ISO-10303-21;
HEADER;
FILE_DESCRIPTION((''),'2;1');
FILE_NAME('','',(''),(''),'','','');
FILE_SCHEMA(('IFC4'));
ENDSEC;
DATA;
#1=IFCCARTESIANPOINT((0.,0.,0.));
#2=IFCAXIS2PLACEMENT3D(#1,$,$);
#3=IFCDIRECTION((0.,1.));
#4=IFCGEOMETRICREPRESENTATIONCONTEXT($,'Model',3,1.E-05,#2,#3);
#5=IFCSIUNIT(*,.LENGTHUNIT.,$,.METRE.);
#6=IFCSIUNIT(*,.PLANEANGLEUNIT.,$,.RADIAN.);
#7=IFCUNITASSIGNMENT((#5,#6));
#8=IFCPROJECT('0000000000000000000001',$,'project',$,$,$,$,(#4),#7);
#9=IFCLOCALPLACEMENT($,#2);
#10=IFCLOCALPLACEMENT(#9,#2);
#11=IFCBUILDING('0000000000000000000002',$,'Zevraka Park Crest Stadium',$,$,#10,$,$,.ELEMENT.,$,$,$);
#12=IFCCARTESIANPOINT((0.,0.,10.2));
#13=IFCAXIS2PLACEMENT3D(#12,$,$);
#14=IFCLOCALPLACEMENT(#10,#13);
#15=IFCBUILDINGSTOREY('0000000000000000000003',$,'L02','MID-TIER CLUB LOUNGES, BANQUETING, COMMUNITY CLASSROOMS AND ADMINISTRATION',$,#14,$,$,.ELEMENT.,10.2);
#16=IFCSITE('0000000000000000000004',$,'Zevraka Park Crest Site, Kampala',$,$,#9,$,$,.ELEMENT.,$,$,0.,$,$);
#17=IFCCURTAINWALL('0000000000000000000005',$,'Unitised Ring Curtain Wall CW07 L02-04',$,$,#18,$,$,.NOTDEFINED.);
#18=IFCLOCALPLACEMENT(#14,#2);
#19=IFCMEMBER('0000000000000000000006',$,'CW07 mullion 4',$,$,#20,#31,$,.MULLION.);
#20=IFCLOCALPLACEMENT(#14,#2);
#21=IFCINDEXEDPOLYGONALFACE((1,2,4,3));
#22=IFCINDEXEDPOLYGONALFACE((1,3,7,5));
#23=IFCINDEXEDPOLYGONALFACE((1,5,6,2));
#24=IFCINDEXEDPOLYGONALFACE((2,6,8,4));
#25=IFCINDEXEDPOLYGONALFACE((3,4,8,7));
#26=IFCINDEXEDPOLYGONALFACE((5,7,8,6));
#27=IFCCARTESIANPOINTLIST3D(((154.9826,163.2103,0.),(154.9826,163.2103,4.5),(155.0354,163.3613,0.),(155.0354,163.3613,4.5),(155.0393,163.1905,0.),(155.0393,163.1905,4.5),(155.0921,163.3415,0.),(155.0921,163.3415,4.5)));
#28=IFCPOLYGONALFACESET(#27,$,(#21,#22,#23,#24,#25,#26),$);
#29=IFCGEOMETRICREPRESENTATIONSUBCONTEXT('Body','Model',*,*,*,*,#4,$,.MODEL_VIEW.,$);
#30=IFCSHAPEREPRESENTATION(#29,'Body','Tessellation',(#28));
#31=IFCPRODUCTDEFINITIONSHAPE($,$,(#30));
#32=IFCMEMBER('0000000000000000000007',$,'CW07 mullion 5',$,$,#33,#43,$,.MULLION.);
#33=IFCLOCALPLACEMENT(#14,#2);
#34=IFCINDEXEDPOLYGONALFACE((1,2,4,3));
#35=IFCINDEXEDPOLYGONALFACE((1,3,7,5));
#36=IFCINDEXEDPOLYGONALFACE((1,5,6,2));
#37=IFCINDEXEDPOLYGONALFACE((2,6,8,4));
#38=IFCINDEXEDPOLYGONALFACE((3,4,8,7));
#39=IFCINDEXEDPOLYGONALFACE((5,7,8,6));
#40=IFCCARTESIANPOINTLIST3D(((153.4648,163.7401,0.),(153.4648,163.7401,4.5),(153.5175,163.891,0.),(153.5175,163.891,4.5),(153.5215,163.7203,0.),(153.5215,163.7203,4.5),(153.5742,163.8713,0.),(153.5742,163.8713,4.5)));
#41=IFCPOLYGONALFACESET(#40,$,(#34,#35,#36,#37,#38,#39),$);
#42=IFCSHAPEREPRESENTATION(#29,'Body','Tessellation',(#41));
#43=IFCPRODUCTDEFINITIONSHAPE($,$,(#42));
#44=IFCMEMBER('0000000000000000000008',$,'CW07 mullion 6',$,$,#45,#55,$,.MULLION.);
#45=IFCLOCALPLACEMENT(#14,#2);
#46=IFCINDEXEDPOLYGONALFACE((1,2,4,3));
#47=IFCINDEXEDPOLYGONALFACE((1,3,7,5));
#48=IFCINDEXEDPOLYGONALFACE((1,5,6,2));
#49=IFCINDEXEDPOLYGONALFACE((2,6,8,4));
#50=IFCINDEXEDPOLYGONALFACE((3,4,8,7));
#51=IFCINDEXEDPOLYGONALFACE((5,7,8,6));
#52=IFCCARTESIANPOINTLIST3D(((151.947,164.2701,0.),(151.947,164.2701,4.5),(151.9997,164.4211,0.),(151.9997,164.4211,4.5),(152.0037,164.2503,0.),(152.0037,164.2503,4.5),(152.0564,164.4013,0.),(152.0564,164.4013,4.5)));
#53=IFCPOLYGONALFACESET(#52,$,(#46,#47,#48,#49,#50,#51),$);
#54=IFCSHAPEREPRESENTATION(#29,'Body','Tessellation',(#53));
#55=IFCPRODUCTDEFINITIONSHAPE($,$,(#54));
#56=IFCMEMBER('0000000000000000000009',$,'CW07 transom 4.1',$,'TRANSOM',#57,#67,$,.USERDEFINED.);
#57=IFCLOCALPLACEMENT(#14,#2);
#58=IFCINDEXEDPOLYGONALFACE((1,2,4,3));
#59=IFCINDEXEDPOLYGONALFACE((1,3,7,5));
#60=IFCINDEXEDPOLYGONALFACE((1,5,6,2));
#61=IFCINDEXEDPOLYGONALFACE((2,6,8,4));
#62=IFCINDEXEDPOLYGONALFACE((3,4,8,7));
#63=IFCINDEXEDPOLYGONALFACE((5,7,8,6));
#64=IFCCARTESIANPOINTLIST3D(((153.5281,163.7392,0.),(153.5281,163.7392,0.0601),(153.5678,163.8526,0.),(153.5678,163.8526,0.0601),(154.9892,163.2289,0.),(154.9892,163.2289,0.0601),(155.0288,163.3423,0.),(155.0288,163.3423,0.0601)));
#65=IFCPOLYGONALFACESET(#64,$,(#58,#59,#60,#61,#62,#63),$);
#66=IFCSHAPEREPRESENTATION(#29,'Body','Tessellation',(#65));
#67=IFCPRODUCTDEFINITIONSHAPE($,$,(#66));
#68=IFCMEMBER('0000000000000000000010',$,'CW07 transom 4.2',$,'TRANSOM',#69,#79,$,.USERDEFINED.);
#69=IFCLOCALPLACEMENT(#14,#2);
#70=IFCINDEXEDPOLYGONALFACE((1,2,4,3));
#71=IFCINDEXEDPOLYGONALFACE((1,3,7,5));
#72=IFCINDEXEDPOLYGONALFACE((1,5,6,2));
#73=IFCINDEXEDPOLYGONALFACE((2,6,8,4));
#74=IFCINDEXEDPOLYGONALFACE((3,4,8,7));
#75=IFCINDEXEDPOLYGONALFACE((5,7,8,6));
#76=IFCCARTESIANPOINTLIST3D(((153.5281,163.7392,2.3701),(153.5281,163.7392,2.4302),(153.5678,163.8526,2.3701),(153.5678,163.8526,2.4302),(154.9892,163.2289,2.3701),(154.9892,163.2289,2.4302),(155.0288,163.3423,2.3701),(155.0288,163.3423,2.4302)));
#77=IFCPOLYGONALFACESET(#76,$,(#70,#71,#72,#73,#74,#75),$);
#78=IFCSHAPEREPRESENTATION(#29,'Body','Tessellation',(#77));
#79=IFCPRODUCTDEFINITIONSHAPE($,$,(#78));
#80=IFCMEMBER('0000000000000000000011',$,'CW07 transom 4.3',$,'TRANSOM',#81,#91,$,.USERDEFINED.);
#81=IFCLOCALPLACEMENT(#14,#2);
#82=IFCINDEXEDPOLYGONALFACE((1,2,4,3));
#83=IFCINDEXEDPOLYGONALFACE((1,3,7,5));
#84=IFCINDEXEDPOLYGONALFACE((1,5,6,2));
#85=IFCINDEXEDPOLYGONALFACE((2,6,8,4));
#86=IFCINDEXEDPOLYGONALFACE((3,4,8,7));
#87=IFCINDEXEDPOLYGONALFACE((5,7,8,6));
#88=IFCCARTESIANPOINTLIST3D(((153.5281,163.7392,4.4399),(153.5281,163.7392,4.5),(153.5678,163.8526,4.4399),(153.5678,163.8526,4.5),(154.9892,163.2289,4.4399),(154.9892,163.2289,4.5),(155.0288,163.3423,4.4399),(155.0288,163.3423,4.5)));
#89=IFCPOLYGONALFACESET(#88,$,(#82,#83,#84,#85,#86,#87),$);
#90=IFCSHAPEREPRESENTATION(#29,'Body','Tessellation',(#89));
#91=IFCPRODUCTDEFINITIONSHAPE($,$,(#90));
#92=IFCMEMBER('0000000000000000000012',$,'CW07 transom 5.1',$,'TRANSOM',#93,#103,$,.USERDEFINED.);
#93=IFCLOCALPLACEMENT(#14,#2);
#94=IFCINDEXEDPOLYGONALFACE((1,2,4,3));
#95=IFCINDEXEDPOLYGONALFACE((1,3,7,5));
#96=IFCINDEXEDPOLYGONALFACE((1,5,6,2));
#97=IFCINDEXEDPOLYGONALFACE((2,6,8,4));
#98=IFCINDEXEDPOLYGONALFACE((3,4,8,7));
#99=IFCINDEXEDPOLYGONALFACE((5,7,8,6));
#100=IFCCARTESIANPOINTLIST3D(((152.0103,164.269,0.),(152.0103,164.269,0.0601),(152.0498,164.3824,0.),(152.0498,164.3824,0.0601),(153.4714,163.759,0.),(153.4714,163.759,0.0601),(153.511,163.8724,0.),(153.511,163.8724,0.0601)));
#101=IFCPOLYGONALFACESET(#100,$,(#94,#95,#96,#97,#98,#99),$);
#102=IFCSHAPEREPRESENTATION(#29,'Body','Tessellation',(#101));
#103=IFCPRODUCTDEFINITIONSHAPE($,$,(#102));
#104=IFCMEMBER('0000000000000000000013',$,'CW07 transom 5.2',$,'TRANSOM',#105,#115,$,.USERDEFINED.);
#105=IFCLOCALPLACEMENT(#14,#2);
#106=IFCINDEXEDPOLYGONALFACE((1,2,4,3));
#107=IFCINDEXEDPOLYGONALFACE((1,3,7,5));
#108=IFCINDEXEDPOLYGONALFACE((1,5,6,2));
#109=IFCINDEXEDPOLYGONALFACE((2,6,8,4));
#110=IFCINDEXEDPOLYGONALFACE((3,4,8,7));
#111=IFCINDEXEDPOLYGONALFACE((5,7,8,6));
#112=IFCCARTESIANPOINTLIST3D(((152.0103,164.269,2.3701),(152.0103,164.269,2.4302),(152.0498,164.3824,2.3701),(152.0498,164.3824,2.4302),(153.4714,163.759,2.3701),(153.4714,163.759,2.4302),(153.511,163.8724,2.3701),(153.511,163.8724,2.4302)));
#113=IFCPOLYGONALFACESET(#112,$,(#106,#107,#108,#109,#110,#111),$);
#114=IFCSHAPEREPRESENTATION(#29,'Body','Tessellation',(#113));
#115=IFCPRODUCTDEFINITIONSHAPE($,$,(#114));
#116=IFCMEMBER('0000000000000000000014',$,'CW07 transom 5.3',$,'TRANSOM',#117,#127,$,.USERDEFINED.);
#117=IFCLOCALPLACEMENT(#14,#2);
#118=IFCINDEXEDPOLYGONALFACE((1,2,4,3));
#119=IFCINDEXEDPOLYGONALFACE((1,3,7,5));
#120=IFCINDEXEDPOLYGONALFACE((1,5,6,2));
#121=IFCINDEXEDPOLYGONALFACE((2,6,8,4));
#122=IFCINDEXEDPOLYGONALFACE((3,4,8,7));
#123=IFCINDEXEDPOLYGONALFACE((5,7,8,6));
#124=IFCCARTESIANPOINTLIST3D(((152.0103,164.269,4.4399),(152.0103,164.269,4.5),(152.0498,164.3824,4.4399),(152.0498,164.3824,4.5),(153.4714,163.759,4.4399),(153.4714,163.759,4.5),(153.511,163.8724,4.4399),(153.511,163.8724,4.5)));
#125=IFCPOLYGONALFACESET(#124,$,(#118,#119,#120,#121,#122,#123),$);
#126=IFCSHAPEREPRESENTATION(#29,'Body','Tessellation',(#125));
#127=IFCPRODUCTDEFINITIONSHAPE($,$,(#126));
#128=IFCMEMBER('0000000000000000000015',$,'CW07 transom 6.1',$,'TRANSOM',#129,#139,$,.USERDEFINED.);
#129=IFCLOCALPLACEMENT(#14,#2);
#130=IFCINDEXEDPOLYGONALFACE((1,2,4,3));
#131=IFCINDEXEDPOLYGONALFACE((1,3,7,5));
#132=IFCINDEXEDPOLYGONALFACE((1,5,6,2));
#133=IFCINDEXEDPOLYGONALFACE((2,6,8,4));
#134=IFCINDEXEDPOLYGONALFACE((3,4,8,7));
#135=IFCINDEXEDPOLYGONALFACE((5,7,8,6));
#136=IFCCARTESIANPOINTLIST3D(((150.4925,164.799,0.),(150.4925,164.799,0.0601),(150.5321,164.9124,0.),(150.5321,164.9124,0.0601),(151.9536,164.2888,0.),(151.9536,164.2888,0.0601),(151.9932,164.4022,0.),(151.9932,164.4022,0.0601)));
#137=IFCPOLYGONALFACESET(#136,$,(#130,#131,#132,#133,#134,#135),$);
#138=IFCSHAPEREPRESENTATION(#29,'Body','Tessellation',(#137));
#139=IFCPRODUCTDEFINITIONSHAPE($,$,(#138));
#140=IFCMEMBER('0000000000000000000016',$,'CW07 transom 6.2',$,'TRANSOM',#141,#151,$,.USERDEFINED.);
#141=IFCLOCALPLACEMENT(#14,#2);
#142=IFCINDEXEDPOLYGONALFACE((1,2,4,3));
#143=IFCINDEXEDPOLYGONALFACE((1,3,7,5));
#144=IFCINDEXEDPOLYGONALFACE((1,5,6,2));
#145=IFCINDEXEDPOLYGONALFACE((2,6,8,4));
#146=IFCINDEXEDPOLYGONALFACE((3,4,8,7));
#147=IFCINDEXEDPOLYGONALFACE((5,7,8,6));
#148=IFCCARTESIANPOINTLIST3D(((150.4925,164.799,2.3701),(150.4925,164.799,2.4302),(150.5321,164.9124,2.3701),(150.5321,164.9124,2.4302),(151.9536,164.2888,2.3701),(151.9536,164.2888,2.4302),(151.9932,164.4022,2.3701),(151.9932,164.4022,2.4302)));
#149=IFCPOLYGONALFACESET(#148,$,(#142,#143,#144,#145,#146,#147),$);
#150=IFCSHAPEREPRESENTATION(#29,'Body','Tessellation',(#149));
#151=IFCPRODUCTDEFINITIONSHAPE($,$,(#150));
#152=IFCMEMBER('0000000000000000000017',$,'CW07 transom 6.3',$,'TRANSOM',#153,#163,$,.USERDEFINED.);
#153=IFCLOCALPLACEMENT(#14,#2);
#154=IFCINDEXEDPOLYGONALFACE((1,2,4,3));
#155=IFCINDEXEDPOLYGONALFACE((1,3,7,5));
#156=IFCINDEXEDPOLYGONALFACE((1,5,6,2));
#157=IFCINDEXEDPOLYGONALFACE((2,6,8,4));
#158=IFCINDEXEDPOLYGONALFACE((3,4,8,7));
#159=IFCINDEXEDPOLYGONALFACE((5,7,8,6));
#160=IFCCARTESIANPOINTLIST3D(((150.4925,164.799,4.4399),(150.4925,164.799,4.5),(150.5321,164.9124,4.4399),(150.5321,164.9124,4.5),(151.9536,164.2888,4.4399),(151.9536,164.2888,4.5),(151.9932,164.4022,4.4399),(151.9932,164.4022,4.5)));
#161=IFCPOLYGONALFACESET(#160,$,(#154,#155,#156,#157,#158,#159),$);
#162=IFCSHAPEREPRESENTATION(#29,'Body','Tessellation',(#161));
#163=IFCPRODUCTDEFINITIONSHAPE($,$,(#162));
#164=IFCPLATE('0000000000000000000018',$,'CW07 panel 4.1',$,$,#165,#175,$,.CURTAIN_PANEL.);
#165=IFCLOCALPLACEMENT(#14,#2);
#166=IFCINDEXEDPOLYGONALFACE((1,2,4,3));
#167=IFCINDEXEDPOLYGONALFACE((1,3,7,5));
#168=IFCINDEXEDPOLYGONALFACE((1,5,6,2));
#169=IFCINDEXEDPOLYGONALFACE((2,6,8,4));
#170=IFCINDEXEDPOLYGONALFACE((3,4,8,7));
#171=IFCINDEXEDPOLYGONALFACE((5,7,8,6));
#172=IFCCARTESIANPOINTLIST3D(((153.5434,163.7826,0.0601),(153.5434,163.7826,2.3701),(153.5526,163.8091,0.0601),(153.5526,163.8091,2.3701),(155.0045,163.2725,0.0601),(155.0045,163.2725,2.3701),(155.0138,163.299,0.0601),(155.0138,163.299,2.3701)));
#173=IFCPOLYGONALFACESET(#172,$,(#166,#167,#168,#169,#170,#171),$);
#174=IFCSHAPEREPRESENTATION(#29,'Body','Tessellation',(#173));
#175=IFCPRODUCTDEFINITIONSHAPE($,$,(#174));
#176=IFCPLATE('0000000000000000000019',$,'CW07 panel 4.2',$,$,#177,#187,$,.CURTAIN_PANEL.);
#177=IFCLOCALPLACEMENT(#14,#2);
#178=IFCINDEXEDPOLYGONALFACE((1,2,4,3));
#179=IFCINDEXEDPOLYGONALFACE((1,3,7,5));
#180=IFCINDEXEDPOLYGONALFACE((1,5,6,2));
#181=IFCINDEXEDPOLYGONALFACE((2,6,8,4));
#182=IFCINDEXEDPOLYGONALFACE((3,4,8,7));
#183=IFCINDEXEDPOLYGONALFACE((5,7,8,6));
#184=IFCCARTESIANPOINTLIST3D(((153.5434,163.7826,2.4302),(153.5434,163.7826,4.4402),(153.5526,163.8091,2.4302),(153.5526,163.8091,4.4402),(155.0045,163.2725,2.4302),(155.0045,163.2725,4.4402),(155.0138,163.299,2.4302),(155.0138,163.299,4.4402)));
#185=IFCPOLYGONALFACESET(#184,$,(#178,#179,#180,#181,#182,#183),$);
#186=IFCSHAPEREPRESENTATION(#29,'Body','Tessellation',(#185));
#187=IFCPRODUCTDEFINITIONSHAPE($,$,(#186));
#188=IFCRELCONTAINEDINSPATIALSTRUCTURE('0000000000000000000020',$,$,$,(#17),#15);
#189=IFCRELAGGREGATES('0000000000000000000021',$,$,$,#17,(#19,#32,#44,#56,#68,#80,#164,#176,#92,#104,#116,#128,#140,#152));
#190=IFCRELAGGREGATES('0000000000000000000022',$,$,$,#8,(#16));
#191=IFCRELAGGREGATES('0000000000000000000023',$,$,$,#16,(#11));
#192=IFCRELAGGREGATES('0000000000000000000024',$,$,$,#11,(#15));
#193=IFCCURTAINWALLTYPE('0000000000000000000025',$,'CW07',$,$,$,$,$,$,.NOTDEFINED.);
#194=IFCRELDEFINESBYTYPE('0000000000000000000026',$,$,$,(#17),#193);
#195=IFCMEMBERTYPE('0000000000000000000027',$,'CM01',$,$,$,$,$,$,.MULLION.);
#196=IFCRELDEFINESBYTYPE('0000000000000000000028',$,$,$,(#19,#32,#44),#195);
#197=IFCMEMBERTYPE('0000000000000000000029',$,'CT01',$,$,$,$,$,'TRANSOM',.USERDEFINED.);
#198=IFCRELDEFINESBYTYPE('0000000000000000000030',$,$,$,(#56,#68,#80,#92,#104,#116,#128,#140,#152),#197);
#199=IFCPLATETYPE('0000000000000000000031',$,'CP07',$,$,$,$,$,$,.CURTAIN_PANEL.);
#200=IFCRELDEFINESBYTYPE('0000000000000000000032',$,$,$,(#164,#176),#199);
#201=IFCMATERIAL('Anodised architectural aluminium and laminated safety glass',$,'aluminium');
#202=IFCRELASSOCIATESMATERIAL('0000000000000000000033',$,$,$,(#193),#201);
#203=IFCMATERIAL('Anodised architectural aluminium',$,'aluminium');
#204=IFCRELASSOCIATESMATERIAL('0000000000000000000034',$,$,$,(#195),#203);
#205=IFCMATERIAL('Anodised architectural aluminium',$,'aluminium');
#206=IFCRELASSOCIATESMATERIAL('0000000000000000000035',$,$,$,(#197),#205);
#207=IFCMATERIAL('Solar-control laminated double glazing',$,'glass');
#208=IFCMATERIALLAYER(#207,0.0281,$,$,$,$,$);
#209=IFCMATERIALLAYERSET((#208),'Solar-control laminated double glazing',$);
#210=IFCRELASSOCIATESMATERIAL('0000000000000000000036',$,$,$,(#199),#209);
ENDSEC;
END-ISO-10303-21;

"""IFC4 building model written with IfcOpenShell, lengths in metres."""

from ifc_helpers import new_model, si_unit, direction, frame, origin, origin_2d, place, context, subcontext, project, spatial, rectangle, extrude, material, layer, layer_set, material_profile, profile_set, type_object, element, aggregate, save


model = new_model("IFC4")

# Units and contexts
model_context = context("Model", 3, precision=1e-05, world=origin(), true_north=direction((0.0, 1.0)))
body_context = subcontext(model_context, "Body", "Model", "MODEL_VIEW")
ifc_project = project(units=[si_unit("LENGTHUNIT", "METRE"), si_unit("PLANEANGLEUNIT", "RADIAN")], contexts=[model_context])

# Site, building, storey
site_placement = place(None, origin())
site = spatial("IfcSite", under=ifc_project, at=site_placement, Name="Zevraka Park Crest Site, Kampala", CompositionType="ELEMENT", RefElevation=0.0)
building_placement = place(site_placement, origin())
building = spatial("IfcBuilding", under=site, at=building_placement, Name="Zevraka Park Crest Stadium", CompositionType="ELEMENT")
storey_placement = place(building_placement, frame((0.0, 0.0, 10.2)))
storey = spatial("IfcBuildingStorey", under=building, at=storey_placement, Name="L02", Description="MID-TIER CLUB LOUNGES, BANQUETING, COMMUNITY CLASSROOMS AND ADMINISTRATION", CompositionType="ELEMENT", Elevation=10.2)

# Curtain wall, members, plates
ifc_material_1 = material(Name="Anodised architectural aluminium and laminated safety glass", Category="aluminium")
curtain_wall_type = type_object("IfcCurtainWallType", Name="CW07", PredefinedType="NOTDEFINED", material=ifc_material_1)
curtain_wall_placement = place(storey_placement, origin())
curtain_wall = element("IfcCurtainWall", 1, at=curtain_wall_placement, inside=storey, type_object=curtain_wall_type, Name="Unitised Ring Curtain Wall CW07 L02-04", PredefinedType="NOTDEFINED")
ifc_material_2 = material(Name="Anodised architectural aluminium", Category="aluminium")
ifc_material_profile_1 = material_profile(ifc_material_2, rectangle(XDim=0.1599, YDim=0.0601, at=origin_2d()), Name="ALU MULLION 160x60")
ifc_profile_set_1 = profile_set([ifc_material_profile_1], Name="Anodised architectural aluminium")
member_type_1 = type_object("IfcMemberType", Name="CM01", PredefinedType="MULLION", material=ifc_profile_set_1)
member_1_placement = place(storey_placement, frame((155.0374, 163.2759, 0.0), z_axis=(0.0, 0.0, 1.0), x_axis=(-0.329619, -0.944114, 0.0)))
member_1 = element("IfcMember", 2, at=member_1_placement, type_object=member_type_1, Name="CW07 mullion 4", PredefinedType="MULLION", context=body_context, shape_type="SweptSolid", body=[
    extrude(rectangle(XDim=0.1599, YDim=0.0601, at=origin_2d()), origin(), (0.0, 0.0, 1.0), 4.5),
])
member_2_placement = place(storey_placement, frame((153.5195, 163.8057, 0.0), z_axis=(0.0, 0.0, 1.0), x_axis=(-0.329619, -0.944114, 0.0)))
member_2 = element("IfcMember", 3, at=member_2_placement, type_object=member_type_1, Name="CW07 mullion 5", PredefinedType="MULLION", context=body_context, shape_type="SweptSolid", body=[
    extrude(rectangle(XDim=0.1599, YDim=0.0601, at=origin_2d()), origin(), (0.0, 0.0, 1.0), 4.5),
])
member_3_placement = place(storey_placement, frame((152.0017, 164.3357, 0.0), z_axis=(0.0, 0.0, 1.0), x_axis=(-0.329619, -0.944114, 0.0)))
member_3 = element("IfcMember", 4, at=member_3_placement, type_object=member_type_1, Name="CW07 mullion 6", PredefinedType="MULLION", context=body_context, shape_type="SweptSolid", body=[
    extrude(rectangle(XDim=0.1599, YDim=0.0601, at=origin_2d()), origin(), (0.0, 0.0, 1.0), 4.5),
])
ifc_material_3 = material(Name="Anodised architectural aluminium", Category="aluminium")
ifc_material_profile_2 = material_profile(ifc_material_3, rectangle(XDim=0.1201, YDim=0.0601, at=origin_2d()), Name="ALU TRANSOM 120x60")
ifc_profile_set_2 = profile_set([ifc_material_profile_2], Name="Anodised architectural aluminium")
member_type_2 = type_object("IfcMemberType", Name="CT01", ElementType="TRANSOM", PredefinedType="USERDEFINED", material=ifc_profile_set_2)
member_4_placement = place(storey_placement, frame((155.009, 163.2856, 0.03), z_axis=(-0.944092, 0.329683, 0.0), x_axis=(-0.329683, -0.944092, 0.0)))
member_4 = element("IfcMember", 5, at=member_4_placement, type_object=member_type_2, Name="CW07 transom 4.1", ObjectType="TRANSOM", PredefinedType="USERDEFINED", context=body_context, shape_type="SweptSolid", body=[
    extrude(rectangle(XDim=0.1201, YDim=0.0601, at=origin_2d()), origin(), (0.0, 0.0, 1.0), 1.5476),
])
member_5_placement = place(storey_placement, frame((155.009, 163.2856, 2.4001), z_axis=(-0.944092, 0.329683, 0.0), x_axis=(-0.329683, -0.944092, 0.0)))
member_5 = element("IfcMember", 6, at=member_5_placement, type_object=member_type_2, Name="CW07 transom 4.2", ObjectType="TRANSOM", PredefinedType="USERDEFINED", context=body_context, shape_type="SweptSolid", body=[
    extrude(rectangle(XDim=0.1201, YDim=0.0601, at=origin_2d()), origin(), (0.0, 0.0, 1.0), 1.5476),
])
member_6_placement = place(storey_placement, frame((155.009, 163.2856, 4.47), z_axis=(-0.944092, 0.329683, 0.0), x_axis=(-0.329683, -0.944092, 0.0)))
member_6 = element("IfcMember", 7, at=member_6_placement, type_object=member_type_2, Name="CW07 transom 4.3", ObjectType="TRANSOM", PredefinedType="USERDEFINED", context=body_context, shape_type="SweptSolid", body=[
    extrude(rectangle(XDim=0.1201, YDim=0.0601, at=origin_2d()), origin(), (0.0, 0.0, 1.0), 1.5476),
])
member_7_placement = place(storey_placement, frame((153.4912, 163.8157, 0.03), z_axis=(-0.944141, 0.329542, 0.0), x_axis=(-0.329542, -0.944141, 0.0)))
member_7 = element("IfcMember", 8, at=member_7_placement, type_object=member_type_2, Name="CW07 transom 5.1", ObjectType="TRANSOM", PredefinedType="USERDEFINED", context=body_context, shape_type="SweptSolid", body=[
    extrude(rectangle(XDim=0.1201, YDim=0.0601, at=origin_2d()), origin(), (0.0, 0.0, 1.0), 1.5476),
])
member_8_placement = place(storey_placement, frame((153.4912, 163.8157, 2.4001), z_axis=(-0.944141, 0.329542, 0.0), x_axis=(-0.329542, -0.944141, 0.0)))
member_8 = element("IfcMember", 9, at=member_8_placement, type_object=member_type_2, Name="CW07 transom 5.2", ObjectType="TRANSOM", PredefinedType="USERDEFINED", context=body_context, shape_type="SweptSolid", body=[
    extrude(rectangle(XDim=0.1201, YDim=0.0601, at=origin_2d()), origin(), (0.0, 0.0, 1.0), 1.5476),
])
member_9_placement = place(storey_placement, frame((153.4912, 163.8157, 4.47), z_axis=(-0.944141, 0.329542, 0.0), x_axis=(-0.329542, -0.944141, 0.0)))
member_9 = element("IfcMember", 10, at=member_9_placement, type_object=member_type_2, Name="CW07 transom 5.3", ObjectType="TRANSOM", PredefinedType="USERDEFINED", context=body_context, shape_type="SweptSolid", body=[
    extrude(rectangle(XDim=0.1201, YDim=0.0601, at=origin_2d()), origin(), (0.0, 0.0, 1.0), 1.5476),
])
member_10_placement = place(storey_placement, frame((151.9734, 164.3455, 0.03), z_axis=(-0.944092, 0.329683, 0.0), x_axis=(-0.329683, -0.944092, 0.0)))
member_10 = element("IfcMember", 11, at=member_10_placement, type_object=member_type_2, Name="CW07 transom 6.1", ObjectType="TRANSOM", PredefinedType="USERDEFINED", context=body_context, shape_type="SweptSolid", body=[
    extrude(rectangle(XDim=0.1201, YDim=0.0601, at=origin_2d()), origin(), (0.0, 0.0, 1.0), 1.5476),
])
member_11_placement = place(storey_placement, frame((151.9734, 164.3455, 2.4001), z_axis=(-0.944092, 0.329683, 0.0), x_axis=(-0.329683, -0.944092, 0.0)))
member_11 = element("IfcMember", 12, at=member_11_placement, type_object=member_type_2, Name="CW07 transom 6.2", ObjectType="TRANSOM", PredefinedType="USERDEFINED", context=body_context, shape_type="SweptSolid", body=[
    extrude(rectangle(XDim=0.1201, YDim=0.0601, at=origin_2d()), origin(), (0.0, 0.0, 1.0), 1.5476),
])
member_12_placement = place(storey_placement, frame((151.9734, 164.3455, 4.47), z_axis=(-0.944092, 0.329683, 0.0), x_axis=(-0.329683, -0.944092, 0.0)))
member_12 = element("IfcMember", 13, at=member_12_placement, type_object=member_type_2, Name="CW07 transom 6.3", ObjectType="TRANSOM", PredefinedType="USERDEFINED", context=body_context, shape_type="SweptSolid", body=[
    extrude(rectangle(XDim=0.1201, YDim=0.0601, at=origin_2d()), origin(), (0.0, 0.0, 1.0), 1.5476),
])
ifc_material_4 = material(Name="Solar-control laminated double glazing", Category="glass")
ifc_layer_1 = layer(ifc_material_4, 0.0281)
ifc_layer_set_1 = layer_set([ifc_layer_1], Name="Solar-control laminated double glazing")
plate_type = type_object("IfcPlateType", Name="CP07", PredefinedType="CURTAIN_PANEL", material=ifc_layer_set_1)
plate_1_placement = place(storey_placement, frame((154.2786, 163.5408, 0.0601), z_axis=(0.0, 0.0, 1.0), x_axis=(-0.944114, 0.329619, 0.0)))
plate_1 = element("IfcPlate", 14, at=plate_1_placement, type_object=plate_type, Name="CW07 panel 4.1", PredefinedType="CURTAIN_PANEL", context=body_context, shape_type="SweptSolid", body=[
    extrude(rectangle(XDim=1.5476, YDim=0.0281, at=origin_2d()), origin(), (0.0, 0.0, 1.0), 2.3101),
])
plate_2_placement = place(storey_placement, frame((154.2786, 163.5408, 2.4302), z_axis=(0.0, 0.0, 1.0), x_axis=(-0.944114, 0.329619, 0.0)))
plate_2 = element("IfcPlate", 15, at=plate_2_placement, type_object=plate_type, Name="CW07 panel 4.2", PredefinedType="CURTAIN_PANEL", context=body_context, shape_type="SweptSolid", body=[
    extrude(rectangle(XDim=1.5476, YDim=0.0281, at=origin_2d()), origin(), (0.0, 0.0, 1.0), 2.01),
])
aggregate(curtain_wall, [member_1, member_2, member_3, member_4, member_5, member_6, plate_1, plate_2, member_7, member_8, member_9, member_10, member_11, member_12])

save(model, "model.ifc")
